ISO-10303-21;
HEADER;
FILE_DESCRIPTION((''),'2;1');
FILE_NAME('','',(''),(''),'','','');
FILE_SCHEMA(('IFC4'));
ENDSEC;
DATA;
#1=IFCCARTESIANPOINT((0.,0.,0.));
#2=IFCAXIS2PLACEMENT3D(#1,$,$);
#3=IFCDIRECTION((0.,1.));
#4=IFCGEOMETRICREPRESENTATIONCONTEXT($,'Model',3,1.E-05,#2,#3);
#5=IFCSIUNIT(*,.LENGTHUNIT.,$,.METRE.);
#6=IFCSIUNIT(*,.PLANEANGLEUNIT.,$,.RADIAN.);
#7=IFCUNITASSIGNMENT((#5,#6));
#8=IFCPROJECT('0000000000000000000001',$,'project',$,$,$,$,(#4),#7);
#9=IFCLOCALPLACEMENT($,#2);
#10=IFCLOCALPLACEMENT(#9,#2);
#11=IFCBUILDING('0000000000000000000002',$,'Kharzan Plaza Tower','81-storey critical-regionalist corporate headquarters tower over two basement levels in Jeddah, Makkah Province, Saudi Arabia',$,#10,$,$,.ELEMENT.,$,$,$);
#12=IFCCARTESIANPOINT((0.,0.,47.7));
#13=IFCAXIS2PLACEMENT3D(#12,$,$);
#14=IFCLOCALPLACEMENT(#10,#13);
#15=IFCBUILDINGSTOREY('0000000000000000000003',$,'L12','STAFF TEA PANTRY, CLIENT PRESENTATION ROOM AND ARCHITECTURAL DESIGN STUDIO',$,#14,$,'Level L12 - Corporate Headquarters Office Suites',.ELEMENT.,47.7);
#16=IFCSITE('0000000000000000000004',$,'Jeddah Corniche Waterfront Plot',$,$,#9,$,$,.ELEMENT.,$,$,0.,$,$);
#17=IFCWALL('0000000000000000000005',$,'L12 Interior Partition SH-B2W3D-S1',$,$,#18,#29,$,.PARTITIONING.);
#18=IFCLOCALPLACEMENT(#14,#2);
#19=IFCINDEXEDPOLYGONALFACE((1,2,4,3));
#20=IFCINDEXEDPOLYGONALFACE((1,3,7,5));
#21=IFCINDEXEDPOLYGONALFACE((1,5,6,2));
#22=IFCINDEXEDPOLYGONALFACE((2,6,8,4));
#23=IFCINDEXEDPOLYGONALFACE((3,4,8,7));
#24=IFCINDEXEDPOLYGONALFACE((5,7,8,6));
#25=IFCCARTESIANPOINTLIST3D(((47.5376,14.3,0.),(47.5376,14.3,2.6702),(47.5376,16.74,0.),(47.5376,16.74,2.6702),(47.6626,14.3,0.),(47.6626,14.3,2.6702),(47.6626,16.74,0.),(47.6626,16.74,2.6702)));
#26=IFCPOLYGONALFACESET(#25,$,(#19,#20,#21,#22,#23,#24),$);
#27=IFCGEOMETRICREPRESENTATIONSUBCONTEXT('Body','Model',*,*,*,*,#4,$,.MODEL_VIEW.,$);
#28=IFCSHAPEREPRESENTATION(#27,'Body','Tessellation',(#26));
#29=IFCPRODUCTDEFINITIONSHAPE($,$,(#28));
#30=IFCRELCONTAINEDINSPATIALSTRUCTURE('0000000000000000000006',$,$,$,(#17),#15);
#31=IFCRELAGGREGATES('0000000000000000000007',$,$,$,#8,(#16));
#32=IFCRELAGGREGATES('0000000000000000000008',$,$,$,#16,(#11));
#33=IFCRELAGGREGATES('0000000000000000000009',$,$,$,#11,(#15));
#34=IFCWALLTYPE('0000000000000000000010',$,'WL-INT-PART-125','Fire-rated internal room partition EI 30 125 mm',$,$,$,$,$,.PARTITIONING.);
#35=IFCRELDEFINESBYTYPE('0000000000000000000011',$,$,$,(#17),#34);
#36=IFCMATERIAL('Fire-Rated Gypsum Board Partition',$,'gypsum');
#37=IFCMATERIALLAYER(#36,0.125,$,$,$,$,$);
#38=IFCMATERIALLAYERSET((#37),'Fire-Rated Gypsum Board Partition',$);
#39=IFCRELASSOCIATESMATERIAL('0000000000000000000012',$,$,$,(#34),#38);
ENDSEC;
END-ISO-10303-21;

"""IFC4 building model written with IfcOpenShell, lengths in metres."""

from ifc_helpers import new_model, si_unit, direction, frame, frame_2d, origin, place, context, subcontext, project, spatial, rectangle, extrude, source, transform, mapped, material, layer, layer_set, type_object, element, save


model = new_model("IFC4")

# Units and contexts
model_context = context("Model", 3, precision=1e-05, world=origin(), true_north=direction((0.0, 1.0)))
body_context = subcontext(model_context, "Body", "Model", "MODEL_VIEW")
ifc_project = project(units=[si_unit("LENGTHUNIT", "METRE"), si_unit("PLANEANGLEUNIT", "RADIAN")], contexts=[model_context])

# Site, building, storey
site_placement = place(None, origin())
site = spatial("IfcSite", under=ifc_project, at=site_placement, Name="Jeddah Corniche Waterfront Plot", CompositionType="ELEMENT", RefElevation=0.0)
building_placement = place(site_placement, origin())
building = spatial("IfcBuilding", under=site, at=building_placement, Name="Kharzan Plaza Tower", Description="81-storey critical-regionalist corporate headquarters tower over two basement levels in Jeddah, Makkah Province, Saudi Arabia", CompositionType="ELEMENT")
storey_placement = place(building_placement, frame((0.0, 0.0, 47.7)))
storey = spatial("IfcBuildingStorey", under=building, at=storey_placement, Name="L12", Description="STAFF TEA PANTRY, CLIENT PRESENTATION ROOM AND ARCHITECTURAL DESIGN STUDIO", LongName="Level L12 - Corporate Headquarters Office Suites", CompositionType="ELEMENT", Elevation=47.7)

# Shared definitions
ifc_material_1 = material(Name="Fire-Rated Gypsum Board Partition", Category="gypsum")
ifc_layer_1 = layer(ifc_material_1, 0.125)
ifc_layer_set_1 = layer_set([ifc_layer_1], Name="Fire-Rated Gypsum Board Partition")
wall_type_1 = type_object("IfcWallType", Name="WL-INT-PART-125", Description="Fire-rated internal room partition EI 30 125 mm", PredefinedType="PARTITIONING", material=ifc_layer_set_1)

# Wall
shared_shape_1 = source(origin(), body_context, "Body", "SweptSolid", [
    extrude(rectangle(XDim=2.4399, YDim=0.125, at=frame_2d((1.22, 0.0))), origin(), (0.0, 0.0, 1.0), 2.6702),
])
wall_1_placement = place(storey_placement, frame((47.6001, 14.3, 0.0), z_axis=(0.0, 0.0, 1.0), x_axis=(0.0, 1.0, 0.0)))
element("IfcWall", 1, at=wall_1_placement, inside=storey, type_object=wall_type_1, Name="L12 Interior Partition SH-B2W3D-S1", PredefinedType="PARTITIONING", context=body_context, shape_type="MappedRepresentation", body=[
    mapped(shared_shape_1, transform((0.0, 0.0, 0.0), x_axis=(1.0, 0.0, 0.0), y_axis=(0.0, 1.0, 0.0), z_axis=(0.0, 0.0, 1.0))),
])

save(model, "model.ifc")
